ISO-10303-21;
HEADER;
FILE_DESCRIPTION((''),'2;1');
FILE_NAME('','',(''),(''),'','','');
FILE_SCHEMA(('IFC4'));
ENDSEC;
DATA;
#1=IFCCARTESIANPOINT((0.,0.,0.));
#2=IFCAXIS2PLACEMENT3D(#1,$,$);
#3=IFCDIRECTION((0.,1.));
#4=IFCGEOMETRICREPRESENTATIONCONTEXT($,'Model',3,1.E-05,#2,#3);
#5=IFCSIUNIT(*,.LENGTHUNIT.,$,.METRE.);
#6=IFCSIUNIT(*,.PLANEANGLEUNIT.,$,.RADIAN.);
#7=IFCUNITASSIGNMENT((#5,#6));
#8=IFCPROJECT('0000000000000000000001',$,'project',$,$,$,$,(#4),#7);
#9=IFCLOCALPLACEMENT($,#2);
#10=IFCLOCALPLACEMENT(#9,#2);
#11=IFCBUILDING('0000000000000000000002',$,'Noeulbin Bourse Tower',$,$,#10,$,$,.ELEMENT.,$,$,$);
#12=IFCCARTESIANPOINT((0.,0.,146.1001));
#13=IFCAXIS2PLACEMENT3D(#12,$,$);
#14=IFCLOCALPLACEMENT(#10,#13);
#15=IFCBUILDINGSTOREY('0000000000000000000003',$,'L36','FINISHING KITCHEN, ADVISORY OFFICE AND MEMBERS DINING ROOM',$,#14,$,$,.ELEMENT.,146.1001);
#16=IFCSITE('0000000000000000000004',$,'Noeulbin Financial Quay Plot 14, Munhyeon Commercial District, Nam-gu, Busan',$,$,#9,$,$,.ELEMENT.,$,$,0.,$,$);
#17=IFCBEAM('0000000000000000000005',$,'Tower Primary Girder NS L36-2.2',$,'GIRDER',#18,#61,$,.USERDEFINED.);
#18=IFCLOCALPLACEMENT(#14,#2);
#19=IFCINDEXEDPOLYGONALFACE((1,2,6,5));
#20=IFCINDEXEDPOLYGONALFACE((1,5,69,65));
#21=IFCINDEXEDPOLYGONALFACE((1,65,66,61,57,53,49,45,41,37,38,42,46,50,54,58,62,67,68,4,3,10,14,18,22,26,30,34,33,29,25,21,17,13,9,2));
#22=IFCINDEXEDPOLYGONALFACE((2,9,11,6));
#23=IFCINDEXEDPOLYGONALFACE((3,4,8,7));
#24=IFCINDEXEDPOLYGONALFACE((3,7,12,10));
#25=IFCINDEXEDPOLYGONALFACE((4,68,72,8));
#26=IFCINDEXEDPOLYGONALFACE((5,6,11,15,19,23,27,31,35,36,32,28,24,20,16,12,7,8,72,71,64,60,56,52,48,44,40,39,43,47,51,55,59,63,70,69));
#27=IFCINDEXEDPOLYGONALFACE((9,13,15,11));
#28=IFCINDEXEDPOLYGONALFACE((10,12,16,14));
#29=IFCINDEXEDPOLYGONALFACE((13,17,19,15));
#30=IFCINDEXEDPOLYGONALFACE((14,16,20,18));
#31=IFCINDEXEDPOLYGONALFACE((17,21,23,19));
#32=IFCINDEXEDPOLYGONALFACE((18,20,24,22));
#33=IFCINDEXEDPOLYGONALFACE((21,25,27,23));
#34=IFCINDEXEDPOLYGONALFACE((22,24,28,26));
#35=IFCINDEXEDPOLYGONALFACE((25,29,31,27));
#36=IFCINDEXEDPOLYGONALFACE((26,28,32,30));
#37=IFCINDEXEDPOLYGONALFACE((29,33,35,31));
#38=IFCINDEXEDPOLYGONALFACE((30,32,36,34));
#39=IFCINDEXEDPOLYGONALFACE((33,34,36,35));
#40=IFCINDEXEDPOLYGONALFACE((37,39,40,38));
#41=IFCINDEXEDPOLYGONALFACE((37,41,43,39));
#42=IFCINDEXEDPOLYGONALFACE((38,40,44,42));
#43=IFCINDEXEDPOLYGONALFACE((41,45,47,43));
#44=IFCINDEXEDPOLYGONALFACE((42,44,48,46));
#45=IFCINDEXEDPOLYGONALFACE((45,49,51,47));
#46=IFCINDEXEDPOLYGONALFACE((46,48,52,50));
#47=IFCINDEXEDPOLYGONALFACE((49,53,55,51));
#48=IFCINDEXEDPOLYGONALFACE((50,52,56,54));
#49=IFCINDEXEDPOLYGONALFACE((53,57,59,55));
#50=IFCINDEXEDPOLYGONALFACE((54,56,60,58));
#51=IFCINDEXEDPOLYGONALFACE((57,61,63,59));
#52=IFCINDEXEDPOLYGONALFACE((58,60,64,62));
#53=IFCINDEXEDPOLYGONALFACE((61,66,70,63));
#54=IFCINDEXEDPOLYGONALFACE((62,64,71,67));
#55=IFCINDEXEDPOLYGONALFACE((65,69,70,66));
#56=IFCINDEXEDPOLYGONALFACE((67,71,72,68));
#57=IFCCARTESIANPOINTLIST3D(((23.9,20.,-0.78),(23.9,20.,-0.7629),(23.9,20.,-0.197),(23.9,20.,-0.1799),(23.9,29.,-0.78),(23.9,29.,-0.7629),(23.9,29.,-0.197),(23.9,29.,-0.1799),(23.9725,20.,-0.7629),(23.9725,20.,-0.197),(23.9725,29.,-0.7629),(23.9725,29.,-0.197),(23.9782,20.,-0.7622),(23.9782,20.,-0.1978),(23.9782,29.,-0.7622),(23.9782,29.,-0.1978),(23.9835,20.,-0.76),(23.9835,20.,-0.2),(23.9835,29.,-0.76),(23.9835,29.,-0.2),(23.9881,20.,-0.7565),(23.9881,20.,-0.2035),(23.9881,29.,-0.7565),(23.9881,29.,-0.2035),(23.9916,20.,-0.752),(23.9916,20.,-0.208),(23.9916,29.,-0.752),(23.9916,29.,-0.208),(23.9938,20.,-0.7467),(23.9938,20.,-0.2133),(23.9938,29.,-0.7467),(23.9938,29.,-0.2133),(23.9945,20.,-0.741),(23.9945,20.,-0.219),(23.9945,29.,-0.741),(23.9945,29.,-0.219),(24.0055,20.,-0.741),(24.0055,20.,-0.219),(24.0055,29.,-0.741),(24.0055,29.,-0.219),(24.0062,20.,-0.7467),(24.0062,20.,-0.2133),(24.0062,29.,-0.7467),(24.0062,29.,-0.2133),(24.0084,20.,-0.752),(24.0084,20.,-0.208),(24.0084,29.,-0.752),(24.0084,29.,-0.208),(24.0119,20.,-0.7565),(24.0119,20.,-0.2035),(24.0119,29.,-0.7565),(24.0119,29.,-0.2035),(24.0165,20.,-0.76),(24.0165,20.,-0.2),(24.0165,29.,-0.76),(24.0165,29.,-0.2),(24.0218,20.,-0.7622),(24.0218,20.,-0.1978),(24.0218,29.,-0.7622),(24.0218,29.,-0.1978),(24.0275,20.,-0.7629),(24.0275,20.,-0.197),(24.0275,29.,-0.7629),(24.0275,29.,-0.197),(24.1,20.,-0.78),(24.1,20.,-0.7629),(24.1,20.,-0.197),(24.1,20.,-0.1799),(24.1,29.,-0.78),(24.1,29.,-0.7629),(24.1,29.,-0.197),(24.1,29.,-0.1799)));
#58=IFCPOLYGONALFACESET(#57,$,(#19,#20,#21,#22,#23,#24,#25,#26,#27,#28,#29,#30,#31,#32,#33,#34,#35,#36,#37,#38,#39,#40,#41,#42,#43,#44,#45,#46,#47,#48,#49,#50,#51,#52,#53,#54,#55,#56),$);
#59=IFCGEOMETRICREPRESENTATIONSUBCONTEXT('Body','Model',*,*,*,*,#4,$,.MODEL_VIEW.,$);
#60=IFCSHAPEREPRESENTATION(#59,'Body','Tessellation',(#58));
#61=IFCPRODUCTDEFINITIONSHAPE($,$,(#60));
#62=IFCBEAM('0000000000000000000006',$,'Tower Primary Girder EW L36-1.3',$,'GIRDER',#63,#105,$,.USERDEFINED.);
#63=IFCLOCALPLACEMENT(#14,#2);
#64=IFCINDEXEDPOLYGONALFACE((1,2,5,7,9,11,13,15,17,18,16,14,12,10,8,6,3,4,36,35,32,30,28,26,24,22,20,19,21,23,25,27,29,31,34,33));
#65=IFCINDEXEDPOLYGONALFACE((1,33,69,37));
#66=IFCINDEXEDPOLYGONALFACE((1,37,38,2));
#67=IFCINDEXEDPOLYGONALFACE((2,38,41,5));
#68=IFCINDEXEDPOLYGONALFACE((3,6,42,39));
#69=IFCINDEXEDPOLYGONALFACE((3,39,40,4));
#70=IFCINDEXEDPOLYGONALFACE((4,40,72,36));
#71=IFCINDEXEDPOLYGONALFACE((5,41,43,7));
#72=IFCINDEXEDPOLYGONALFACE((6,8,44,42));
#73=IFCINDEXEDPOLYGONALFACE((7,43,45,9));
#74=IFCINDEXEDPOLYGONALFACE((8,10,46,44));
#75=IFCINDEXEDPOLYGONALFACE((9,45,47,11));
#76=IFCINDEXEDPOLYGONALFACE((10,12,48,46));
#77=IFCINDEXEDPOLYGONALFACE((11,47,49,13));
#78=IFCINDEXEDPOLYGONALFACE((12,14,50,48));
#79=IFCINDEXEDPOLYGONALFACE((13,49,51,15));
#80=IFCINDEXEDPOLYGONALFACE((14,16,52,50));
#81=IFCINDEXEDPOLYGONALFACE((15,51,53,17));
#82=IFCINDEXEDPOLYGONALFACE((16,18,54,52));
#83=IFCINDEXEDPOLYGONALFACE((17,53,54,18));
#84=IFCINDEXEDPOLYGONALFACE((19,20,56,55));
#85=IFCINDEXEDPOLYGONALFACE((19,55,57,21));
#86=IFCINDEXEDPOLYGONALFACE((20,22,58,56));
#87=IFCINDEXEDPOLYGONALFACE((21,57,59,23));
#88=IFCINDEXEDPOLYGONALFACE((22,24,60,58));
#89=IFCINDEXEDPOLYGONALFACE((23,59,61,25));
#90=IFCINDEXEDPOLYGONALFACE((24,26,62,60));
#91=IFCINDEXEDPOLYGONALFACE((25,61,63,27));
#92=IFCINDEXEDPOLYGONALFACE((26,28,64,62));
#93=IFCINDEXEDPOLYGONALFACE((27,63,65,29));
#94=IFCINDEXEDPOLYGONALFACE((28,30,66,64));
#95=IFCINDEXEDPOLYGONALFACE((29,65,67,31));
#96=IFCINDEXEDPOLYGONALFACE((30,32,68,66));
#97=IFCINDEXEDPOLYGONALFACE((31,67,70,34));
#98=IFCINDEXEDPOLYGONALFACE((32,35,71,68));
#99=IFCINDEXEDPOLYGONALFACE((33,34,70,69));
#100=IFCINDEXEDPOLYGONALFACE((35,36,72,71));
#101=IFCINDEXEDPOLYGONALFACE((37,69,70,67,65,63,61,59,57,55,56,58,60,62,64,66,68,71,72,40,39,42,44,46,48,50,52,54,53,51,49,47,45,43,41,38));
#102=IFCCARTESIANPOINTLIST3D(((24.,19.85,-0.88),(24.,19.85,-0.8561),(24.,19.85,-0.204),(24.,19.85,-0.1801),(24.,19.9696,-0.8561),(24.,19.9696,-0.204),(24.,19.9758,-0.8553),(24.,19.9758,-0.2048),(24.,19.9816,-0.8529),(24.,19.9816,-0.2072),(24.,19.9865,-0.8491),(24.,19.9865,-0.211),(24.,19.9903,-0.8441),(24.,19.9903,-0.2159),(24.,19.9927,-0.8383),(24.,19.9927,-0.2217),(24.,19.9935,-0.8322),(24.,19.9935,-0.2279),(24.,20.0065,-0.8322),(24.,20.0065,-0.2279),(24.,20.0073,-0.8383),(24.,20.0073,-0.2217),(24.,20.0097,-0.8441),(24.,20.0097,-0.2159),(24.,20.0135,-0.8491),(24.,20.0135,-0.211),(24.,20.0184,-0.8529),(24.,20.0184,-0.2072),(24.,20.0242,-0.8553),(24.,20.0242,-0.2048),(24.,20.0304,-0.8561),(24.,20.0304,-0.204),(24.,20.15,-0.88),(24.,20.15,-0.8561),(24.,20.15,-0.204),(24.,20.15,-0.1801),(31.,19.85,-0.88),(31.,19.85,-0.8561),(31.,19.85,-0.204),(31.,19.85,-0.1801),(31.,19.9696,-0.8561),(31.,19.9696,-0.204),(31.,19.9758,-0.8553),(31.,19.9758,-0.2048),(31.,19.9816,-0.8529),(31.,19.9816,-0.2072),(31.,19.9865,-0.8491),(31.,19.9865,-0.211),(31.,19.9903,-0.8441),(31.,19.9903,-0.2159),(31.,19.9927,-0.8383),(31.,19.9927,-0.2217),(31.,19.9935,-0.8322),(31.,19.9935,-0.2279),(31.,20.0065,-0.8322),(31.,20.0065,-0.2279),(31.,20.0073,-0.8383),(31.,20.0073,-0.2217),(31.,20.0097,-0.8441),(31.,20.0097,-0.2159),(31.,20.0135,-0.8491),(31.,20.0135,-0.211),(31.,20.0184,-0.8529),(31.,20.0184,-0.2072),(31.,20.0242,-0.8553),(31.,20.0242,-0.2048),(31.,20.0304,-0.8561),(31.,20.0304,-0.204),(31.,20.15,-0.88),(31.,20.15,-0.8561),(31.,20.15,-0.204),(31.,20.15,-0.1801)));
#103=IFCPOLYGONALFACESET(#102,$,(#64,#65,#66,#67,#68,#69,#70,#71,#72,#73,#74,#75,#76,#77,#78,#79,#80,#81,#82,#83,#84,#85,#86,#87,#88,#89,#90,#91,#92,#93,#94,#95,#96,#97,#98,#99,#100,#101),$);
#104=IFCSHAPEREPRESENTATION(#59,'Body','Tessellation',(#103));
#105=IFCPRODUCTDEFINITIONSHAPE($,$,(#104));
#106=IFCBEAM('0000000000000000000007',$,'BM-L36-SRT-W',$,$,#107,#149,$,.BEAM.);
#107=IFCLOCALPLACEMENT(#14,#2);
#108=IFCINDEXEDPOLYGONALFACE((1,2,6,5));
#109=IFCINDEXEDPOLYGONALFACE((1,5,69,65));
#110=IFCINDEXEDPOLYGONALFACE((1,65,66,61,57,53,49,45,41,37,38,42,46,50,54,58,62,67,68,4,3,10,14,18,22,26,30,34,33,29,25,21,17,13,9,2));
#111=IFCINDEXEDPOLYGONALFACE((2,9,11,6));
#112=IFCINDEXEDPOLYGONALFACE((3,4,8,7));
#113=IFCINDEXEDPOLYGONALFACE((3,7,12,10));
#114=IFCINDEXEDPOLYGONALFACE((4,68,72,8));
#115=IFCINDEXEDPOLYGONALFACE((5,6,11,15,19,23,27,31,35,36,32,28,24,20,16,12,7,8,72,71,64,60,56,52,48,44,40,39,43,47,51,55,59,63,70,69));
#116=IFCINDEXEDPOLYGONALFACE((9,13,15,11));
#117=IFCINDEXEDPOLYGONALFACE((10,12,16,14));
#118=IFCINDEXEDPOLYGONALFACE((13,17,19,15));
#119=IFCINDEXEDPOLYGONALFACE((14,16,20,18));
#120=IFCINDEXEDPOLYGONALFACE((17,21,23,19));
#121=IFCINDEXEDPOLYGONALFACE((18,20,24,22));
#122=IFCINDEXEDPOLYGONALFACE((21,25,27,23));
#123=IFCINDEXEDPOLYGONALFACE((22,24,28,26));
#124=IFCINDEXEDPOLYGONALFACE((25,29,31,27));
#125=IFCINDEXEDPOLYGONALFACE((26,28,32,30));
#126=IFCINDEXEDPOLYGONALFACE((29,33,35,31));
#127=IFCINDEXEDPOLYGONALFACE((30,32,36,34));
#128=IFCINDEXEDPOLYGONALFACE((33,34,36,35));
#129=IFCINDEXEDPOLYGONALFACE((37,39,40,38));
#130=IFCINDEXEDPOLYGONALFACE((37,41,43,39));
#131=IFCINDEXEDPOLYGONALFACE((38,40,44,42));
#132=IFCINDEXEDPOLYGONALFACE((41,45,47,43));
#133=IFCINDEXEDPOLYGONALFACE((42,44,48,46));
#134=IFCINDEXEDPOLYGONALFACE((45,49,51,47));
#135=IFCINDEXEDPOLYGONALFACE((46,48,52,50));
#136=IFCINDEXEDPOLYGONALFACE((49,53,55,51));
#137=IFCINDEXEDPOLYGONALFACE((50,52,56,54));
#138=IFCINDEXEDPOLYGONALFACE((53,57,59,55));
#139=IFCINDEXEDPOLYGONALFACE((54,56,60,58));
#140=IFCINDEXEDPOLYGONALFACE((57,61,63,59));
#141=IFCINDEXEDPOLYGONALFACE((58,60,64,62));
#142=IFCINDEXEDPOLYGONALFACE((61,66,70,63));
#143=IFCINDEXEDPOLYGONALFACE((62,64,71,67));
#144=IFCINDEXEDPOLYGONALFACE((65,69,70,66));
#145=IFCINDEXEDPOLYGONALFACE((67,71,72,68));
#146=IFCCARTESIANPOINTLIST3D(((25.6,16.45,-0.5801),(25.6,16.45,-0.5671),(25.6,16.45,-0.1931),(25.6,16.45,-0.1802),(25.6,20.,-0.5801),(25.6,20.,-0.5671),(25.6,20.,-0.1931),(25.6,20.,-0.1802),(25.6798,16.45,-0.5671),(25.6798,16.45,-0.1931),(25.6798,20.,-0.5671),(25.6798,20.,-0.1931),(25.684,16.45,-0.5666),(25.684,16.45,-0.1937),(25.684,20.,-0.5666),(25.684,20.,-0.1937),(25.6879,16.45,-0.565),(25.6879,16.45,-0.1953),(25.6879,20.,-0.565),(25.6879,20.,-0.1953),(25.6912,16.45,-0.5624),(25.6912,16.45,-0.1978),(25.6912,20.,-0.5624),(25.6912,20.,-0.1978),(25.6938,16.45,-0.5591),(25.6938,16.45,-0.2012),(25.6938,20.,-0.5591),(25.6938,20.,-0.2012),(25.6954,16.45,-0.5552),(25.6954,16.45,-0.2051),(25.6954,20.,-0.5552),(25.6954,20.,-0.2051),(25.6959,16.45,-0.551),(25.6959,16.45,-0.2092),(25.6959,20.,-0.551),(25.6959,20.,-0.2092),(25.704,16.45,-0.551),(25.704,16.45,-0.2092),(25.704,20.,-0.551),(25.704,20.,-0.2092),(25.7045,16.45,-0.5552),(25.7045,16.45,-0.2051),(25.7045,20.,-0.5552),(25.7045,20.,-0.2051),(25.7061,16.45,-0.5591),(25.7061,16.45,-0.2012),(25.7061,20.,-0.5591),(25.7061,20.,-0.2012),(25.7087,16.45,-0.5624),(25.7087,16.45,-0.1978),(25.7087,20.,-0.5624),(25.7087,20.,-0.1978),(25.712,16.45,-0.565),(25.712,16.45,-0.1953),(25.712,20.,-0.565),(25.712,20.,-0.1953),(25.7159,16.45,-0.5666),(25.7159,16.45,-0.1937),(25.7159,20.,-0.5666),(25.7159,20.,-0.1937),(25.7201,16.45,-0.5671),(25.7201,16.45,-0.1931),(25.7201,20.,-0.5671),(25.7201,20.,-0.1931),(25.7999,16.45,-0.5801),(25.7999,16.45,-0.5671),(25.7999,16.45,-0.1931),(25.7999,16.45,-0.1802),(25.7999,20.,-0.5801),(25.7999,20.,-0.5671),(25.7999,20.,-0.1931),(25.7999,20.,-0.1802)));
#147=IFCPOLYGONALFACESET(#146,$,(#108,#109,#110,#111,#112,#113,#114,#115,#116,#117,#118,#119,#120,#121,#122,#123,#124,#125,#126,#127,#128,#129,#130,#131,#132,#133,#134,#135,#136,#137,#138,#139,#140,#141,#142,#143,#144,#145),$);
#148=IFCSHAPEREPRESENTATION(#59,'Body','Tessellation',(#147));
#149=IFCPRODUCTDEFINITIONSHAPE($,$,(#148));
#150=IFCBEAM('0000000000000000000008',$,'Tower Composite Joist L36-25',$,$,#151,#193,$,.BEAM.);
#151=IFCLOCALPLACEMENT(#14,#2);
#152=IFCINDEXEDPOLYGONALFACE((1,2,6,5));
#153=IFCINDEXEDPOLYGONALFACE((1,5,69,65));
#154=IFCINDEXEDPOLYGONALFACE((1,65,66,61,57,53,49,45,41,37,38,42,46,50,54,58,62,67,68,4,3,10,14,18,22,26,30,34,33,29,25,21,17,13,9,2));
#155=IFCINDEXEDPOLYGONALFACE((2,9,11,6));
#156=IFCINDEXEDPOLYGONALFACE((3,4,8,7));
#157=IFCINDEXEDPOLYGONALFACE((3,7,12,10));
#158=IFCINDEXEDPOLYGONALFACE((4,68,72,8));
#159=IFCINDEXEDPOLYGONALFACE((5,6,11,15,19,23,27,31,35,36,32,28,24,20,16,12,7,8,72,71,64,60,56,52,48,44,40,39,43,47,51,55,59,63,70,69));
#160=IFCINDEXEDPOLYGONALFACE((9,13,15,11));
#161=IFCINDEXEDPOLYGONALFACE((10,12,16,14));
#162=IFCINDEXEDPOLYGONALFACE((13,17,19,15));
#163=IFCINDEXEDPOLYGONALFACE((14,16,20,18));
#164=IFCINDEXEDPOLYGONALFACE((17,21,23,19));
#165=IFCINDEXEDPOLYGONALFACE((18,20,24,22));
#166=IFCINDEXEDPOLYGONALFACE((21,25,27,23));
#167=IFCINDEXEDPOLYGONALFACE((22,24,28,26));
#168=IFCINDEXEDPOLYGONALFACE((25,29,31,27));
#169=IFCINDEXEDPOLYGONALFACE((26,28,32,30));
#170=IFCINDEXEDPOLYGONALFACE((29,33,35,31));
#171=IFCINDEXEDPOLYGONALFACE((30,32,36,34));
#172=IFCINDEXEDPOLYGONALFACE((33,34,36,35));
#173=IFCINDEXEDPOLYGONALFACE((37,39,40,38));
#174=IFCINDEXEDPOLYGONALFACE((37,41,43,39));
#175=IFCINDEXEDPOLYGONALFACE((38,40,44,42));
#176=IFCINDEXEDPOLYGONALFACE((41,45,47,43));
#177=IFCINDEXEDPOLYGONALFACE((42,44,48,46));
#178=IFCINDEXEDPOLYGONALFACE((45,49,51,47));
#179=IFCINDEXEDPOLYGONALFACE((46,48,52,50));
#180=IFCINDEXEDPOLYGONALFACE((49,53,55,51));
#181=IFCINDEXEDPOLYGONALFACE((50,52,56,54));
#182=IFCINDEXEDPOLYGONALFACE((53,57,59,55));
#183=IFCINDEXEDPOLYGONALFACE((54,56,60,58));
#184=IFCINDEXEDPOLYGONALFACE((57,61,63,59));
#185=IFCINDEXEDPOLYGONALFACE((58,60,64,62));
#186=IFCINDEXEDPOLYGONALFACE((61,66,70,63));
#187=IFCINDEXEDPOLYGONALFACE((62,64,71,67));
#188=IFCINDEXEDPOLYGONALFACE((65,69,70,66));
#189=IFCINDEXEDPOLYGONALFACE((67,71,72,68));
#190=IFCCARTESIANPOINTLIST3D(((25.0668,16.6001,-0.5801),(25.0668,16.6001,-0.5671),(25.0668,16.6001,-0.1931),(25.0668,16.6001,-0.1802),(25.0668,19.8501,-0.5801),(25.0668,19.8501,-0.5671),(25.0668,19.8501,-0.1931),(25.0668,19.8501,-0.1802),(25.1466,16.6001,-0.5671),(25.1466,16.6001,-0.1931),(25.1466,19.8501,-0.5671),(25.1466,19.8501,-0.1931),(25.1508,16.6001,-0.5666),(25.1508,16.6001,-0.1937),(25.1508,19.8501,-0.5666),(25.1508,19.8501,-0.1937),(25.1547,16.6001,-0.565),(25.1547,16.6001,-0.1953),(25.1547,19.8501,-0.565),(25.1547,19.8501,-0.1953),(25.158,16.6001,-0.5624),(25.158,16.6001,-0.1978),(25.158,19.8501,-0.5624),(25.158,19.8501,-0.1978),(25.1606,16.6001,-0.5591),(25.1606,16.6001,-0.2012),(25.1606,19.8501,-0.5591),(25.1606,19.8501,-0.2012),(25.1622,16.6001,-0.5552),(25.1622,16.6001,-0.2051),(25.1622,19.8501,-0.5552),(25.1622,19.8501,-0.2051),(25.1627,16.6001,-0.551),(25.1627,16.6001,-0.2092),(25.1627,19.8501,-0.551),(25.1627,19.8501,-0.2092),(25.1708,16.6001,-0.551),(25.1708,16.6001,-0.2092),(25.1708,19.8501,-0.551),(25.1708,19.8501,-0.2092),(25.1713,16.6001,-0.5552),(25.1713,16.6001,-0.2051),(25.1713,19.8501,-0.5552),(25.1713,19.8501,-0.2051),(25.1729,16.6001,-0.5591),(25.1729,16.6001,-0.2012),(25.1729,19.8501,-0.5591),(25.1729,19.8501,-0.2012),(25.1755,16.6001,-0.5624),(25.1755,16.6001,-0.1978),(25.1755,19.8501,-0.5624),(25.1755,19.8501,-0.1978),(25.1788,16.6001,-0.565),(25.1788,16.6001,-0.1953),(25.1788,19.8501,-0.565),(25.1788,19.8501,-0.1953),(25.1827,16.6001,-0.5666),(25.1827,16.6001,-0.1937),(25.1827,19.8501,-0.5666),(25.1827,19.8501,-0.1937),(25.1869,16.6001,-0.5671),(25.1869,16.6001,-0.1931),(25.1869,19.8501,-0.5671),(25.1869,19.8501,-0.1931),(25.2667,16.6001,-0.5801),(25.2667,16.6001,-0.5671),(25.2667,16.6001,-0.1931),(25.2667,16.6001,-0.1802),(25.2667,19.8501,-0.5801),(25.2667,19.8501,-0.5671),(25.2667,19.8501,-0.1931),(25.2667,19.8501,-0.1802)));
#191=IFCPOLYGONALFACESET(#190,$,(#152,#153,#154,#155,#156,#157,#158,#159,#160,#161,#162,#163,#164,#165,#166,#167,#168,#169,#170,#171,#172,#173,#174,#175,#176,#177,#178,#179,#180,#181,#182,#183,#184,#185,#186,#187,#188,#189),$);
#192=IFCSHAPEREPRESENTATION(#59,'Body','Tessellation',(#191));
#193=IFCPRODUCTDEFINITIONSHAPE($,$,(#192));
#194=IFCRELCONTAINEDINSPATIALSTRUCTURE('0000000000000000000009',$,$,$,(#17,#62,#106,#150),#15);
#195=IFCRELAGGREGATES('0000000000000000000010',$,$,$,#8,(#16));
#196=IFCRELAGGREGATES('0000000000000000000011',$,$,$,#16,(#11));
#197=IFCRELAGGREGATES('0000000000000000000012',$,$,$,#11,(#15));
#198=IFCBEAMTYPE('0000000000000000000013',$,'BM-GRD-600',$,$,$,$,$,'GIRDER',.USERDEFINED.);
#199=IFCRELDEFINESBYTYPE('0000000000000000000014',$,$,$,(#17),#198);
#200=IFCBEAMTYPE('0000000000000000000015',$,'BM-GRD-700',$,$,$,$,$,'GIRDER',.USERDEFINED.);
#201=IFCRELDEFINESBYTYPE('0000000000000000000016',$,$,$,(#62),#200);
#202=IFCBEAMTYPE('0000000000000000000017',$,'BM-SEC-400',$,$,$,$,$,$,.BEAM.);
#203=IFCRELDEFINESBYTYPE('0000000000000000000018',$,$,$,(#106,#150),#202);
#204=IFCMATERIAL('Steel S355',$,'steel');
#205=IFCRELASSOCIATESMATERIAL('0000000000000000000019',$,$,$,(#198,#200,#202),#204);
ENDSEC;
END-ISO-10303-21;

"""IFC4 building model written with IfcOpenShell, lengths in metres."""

from ifc_helpers import new_model, si_unit, direction, frame, origin, origin_2d, place, context, subcontext, project, spatial, i_section, extrude, material, material_profile, profile_set, type_object, element, save


model = new_model("IFC4")

# Units and contexts
model_context = context("Model", 3, precision=1e-05, world=origin(), true_north=direction((0.0, 1.0)))
body_context = subcontext(model_context, "Body", "Model", "MODEL_VIEW")
ifc_project = project(units=[si_unit("LENGTHUNIT", "METRE"), si_unit("PLANEANGLEUNIT", "RADIAN")], contexts=[model_context])

# Site, building, storey
site_placement = place(None, origin())
site = spatial("IfcSite", under=ifc_project, at=site_placement, Name="Noeulbin Financial Quay Plot 14, Munhyeon Commercial District, Nam-gu, Busan", CompositionType="ELEMENT", RefElevation=0.0)
building_placement = place(site_placement, origin())
building = spatial("IfcBuilding", under=site, at=building_placement, Name="Noeulbin Bourse Tower", CompositionType="ELEMENT")
storey_placement = place(building_placement, frame((0.0, 0.0, 146.1001)))
storey = spatial("IfcBuildingStorey", under=building, at=storey_placement, Name="L36", Description="FINISHING KITCHEN, ADVISORY OFFICE AND MEMBERS DINING ROOM", CompositionType="ELEMENT", Elevation=146.1001)

# Beams
ifc_material_1 = material(Name="Steel S355", Category="steel")
ifc_material_profile_1 = material_profile(ifc_material_1, i_section(OverallWidth=0.2, OverallDepth=0.6001, WebThickness=0.011, FlangeThickness=0.0171, FilletRadius=0.022, at=origin_2d()), Name="H-600x200x11x17", Category="LoadBearing")
ifc_profile_set_1 = profile_set([ifc_material_profile_1], Name="Steel S355")
beam_type_1 = type_object("IfcBeamType", Name="BM-GRD-600", ElementType="GIRDER", PredefinedType="USERDEFINED", material=ifc_profile_set_1)
beam_1_placement = place(storey_placement, frame((24.0, 20.0, -0.48), z_axis=(0.0, 1.0, 0.0), x_axis=(-1.0, 0.0, 0.0)))
element("IfcBeam", 1, at=beam_1_placement, inside=storey, type_object=beam_type_1, Name="Tower Primary Girder NS L36-2.2", ObjectType="GIRDER", PredefinedType="USERDEFINED", context=body_context, shape_type="SweptSolid", body=[
    extrude(i_section(OverallWidth=0.2, OverallDepth=0.6001, WebThickness=0.011, FlangeThickness=0.0171, FilletRadius=0.022, at=origin_2d()), origin(), (0.0, 0.0, 1.0), 9.0),
])
ifc_material_profile_2 = material_profile(ifc_material_1, i_section(OverallWidth=0.3, OverallDepth=0.7, WebThickness=0.0129, FlangeThickness=0.0239, FilletRadius=0.0239, at=origin_2d()), Name="H-700x300x13x24", Category="LoadBearing")
ifc_profile_set_2 = profile_set([ifc_material_profile_2], Name="Steel S355")
beam_type_2 = type_object("IfcBeamType", Name="BM-GRD-700", ElementType="GIRDER", PredefinedType="USERDEFINED", material=ifc_profile_set_2)
beam_2_placement = place(storey_placement, frame((24.0, 20.0, -0.53), z_axis=(1.0, 0.0, 0.0), x_axis=(0.0, 1.0, 0.0)))
element("IfcBeam", 2, at=beam_2_placement, inside=storey, type_object=beam_type_2, Name="Tower Primary Girder EW L36-1.3", ObjectType="GIRDER", PredefinedType="USERDEFINED", context=body_context, shape_type="SweptSolid", body=[
    extrude(i_section(OverallWidth=0.3, OverallDepth=0.7, WebThickness=0.0129, FlangeThickness=0.0239, FilletRadius=0.0239, at=origin_2d()), origin(), (0.0, 0.0, 1.0), 7.0),
])
ifc_material_profile_3 = material_profile(ifc_material_1, i_section(OverallWidth=0.2, OverallDepth=0.3999, WebThickness=0.0081, FlangeThickness=0.0129, FilletRadius=0.0161, at=origin_2d()), Name="H-400x200x8x13", Category="LoadBearing")
ifc_profile_set_3 = profile_set([ifc_material_profile_3], Name="Steel S355")
beam_type_3 = type_object("IfcBeamType", Name="BM-SEC-400", PredefinedType="BEAM", material=ifc_profile_set_3)
beam_3_placement = place(storey_placement, frame((25.7, 16.45, -0.3801), z_axis=(0.0, 1.0, 0.0), x_axis=(-1.0, 0.0, 0.0)))
element("IfcBeam", 3, at=beam_3_placement, inside=storey, type_object=beam_type_3, Name="BM-L36-SRT-W", PredefinedType="BEAM", context=body_context, shape_type="SweptSolid", body=[
    extrude(i_section(OverallWidth=0.2, OverallDepth=0.3999, WebThickness=0.0081, FlangeThickness=0.0129, FilletRadius=0.0161, at=origin_2d()), origin(), (0.0, 0.0, 1.0), 3.55),
])
beam_4_placement = place(storey_placement, frame((25.1667, 16.6001, -0.3801), z_axis=(0.0, 1.0, 0.0), x_axis=(-1.0, 0.0, 0.0)))
element("IfcBeam", 4, at=beam_4_placement, inside=storey, type_object=beam_type_3, Name="Tower Composite Joist L36-25", PredefinedType="BEAM", context=body_context, shape_type="SweptSolid", body=[
    extrude(i_section(OverallWidth=0.2, OverallDepth=0.3999, WebThickness=0.0081, FlangeThickness=0.0129, FilletRadius=0.0161, at=origin_2d()), origin(), (0.0, 0.0, 1.0), 3.25),
])

save(model, "model.ifc")
